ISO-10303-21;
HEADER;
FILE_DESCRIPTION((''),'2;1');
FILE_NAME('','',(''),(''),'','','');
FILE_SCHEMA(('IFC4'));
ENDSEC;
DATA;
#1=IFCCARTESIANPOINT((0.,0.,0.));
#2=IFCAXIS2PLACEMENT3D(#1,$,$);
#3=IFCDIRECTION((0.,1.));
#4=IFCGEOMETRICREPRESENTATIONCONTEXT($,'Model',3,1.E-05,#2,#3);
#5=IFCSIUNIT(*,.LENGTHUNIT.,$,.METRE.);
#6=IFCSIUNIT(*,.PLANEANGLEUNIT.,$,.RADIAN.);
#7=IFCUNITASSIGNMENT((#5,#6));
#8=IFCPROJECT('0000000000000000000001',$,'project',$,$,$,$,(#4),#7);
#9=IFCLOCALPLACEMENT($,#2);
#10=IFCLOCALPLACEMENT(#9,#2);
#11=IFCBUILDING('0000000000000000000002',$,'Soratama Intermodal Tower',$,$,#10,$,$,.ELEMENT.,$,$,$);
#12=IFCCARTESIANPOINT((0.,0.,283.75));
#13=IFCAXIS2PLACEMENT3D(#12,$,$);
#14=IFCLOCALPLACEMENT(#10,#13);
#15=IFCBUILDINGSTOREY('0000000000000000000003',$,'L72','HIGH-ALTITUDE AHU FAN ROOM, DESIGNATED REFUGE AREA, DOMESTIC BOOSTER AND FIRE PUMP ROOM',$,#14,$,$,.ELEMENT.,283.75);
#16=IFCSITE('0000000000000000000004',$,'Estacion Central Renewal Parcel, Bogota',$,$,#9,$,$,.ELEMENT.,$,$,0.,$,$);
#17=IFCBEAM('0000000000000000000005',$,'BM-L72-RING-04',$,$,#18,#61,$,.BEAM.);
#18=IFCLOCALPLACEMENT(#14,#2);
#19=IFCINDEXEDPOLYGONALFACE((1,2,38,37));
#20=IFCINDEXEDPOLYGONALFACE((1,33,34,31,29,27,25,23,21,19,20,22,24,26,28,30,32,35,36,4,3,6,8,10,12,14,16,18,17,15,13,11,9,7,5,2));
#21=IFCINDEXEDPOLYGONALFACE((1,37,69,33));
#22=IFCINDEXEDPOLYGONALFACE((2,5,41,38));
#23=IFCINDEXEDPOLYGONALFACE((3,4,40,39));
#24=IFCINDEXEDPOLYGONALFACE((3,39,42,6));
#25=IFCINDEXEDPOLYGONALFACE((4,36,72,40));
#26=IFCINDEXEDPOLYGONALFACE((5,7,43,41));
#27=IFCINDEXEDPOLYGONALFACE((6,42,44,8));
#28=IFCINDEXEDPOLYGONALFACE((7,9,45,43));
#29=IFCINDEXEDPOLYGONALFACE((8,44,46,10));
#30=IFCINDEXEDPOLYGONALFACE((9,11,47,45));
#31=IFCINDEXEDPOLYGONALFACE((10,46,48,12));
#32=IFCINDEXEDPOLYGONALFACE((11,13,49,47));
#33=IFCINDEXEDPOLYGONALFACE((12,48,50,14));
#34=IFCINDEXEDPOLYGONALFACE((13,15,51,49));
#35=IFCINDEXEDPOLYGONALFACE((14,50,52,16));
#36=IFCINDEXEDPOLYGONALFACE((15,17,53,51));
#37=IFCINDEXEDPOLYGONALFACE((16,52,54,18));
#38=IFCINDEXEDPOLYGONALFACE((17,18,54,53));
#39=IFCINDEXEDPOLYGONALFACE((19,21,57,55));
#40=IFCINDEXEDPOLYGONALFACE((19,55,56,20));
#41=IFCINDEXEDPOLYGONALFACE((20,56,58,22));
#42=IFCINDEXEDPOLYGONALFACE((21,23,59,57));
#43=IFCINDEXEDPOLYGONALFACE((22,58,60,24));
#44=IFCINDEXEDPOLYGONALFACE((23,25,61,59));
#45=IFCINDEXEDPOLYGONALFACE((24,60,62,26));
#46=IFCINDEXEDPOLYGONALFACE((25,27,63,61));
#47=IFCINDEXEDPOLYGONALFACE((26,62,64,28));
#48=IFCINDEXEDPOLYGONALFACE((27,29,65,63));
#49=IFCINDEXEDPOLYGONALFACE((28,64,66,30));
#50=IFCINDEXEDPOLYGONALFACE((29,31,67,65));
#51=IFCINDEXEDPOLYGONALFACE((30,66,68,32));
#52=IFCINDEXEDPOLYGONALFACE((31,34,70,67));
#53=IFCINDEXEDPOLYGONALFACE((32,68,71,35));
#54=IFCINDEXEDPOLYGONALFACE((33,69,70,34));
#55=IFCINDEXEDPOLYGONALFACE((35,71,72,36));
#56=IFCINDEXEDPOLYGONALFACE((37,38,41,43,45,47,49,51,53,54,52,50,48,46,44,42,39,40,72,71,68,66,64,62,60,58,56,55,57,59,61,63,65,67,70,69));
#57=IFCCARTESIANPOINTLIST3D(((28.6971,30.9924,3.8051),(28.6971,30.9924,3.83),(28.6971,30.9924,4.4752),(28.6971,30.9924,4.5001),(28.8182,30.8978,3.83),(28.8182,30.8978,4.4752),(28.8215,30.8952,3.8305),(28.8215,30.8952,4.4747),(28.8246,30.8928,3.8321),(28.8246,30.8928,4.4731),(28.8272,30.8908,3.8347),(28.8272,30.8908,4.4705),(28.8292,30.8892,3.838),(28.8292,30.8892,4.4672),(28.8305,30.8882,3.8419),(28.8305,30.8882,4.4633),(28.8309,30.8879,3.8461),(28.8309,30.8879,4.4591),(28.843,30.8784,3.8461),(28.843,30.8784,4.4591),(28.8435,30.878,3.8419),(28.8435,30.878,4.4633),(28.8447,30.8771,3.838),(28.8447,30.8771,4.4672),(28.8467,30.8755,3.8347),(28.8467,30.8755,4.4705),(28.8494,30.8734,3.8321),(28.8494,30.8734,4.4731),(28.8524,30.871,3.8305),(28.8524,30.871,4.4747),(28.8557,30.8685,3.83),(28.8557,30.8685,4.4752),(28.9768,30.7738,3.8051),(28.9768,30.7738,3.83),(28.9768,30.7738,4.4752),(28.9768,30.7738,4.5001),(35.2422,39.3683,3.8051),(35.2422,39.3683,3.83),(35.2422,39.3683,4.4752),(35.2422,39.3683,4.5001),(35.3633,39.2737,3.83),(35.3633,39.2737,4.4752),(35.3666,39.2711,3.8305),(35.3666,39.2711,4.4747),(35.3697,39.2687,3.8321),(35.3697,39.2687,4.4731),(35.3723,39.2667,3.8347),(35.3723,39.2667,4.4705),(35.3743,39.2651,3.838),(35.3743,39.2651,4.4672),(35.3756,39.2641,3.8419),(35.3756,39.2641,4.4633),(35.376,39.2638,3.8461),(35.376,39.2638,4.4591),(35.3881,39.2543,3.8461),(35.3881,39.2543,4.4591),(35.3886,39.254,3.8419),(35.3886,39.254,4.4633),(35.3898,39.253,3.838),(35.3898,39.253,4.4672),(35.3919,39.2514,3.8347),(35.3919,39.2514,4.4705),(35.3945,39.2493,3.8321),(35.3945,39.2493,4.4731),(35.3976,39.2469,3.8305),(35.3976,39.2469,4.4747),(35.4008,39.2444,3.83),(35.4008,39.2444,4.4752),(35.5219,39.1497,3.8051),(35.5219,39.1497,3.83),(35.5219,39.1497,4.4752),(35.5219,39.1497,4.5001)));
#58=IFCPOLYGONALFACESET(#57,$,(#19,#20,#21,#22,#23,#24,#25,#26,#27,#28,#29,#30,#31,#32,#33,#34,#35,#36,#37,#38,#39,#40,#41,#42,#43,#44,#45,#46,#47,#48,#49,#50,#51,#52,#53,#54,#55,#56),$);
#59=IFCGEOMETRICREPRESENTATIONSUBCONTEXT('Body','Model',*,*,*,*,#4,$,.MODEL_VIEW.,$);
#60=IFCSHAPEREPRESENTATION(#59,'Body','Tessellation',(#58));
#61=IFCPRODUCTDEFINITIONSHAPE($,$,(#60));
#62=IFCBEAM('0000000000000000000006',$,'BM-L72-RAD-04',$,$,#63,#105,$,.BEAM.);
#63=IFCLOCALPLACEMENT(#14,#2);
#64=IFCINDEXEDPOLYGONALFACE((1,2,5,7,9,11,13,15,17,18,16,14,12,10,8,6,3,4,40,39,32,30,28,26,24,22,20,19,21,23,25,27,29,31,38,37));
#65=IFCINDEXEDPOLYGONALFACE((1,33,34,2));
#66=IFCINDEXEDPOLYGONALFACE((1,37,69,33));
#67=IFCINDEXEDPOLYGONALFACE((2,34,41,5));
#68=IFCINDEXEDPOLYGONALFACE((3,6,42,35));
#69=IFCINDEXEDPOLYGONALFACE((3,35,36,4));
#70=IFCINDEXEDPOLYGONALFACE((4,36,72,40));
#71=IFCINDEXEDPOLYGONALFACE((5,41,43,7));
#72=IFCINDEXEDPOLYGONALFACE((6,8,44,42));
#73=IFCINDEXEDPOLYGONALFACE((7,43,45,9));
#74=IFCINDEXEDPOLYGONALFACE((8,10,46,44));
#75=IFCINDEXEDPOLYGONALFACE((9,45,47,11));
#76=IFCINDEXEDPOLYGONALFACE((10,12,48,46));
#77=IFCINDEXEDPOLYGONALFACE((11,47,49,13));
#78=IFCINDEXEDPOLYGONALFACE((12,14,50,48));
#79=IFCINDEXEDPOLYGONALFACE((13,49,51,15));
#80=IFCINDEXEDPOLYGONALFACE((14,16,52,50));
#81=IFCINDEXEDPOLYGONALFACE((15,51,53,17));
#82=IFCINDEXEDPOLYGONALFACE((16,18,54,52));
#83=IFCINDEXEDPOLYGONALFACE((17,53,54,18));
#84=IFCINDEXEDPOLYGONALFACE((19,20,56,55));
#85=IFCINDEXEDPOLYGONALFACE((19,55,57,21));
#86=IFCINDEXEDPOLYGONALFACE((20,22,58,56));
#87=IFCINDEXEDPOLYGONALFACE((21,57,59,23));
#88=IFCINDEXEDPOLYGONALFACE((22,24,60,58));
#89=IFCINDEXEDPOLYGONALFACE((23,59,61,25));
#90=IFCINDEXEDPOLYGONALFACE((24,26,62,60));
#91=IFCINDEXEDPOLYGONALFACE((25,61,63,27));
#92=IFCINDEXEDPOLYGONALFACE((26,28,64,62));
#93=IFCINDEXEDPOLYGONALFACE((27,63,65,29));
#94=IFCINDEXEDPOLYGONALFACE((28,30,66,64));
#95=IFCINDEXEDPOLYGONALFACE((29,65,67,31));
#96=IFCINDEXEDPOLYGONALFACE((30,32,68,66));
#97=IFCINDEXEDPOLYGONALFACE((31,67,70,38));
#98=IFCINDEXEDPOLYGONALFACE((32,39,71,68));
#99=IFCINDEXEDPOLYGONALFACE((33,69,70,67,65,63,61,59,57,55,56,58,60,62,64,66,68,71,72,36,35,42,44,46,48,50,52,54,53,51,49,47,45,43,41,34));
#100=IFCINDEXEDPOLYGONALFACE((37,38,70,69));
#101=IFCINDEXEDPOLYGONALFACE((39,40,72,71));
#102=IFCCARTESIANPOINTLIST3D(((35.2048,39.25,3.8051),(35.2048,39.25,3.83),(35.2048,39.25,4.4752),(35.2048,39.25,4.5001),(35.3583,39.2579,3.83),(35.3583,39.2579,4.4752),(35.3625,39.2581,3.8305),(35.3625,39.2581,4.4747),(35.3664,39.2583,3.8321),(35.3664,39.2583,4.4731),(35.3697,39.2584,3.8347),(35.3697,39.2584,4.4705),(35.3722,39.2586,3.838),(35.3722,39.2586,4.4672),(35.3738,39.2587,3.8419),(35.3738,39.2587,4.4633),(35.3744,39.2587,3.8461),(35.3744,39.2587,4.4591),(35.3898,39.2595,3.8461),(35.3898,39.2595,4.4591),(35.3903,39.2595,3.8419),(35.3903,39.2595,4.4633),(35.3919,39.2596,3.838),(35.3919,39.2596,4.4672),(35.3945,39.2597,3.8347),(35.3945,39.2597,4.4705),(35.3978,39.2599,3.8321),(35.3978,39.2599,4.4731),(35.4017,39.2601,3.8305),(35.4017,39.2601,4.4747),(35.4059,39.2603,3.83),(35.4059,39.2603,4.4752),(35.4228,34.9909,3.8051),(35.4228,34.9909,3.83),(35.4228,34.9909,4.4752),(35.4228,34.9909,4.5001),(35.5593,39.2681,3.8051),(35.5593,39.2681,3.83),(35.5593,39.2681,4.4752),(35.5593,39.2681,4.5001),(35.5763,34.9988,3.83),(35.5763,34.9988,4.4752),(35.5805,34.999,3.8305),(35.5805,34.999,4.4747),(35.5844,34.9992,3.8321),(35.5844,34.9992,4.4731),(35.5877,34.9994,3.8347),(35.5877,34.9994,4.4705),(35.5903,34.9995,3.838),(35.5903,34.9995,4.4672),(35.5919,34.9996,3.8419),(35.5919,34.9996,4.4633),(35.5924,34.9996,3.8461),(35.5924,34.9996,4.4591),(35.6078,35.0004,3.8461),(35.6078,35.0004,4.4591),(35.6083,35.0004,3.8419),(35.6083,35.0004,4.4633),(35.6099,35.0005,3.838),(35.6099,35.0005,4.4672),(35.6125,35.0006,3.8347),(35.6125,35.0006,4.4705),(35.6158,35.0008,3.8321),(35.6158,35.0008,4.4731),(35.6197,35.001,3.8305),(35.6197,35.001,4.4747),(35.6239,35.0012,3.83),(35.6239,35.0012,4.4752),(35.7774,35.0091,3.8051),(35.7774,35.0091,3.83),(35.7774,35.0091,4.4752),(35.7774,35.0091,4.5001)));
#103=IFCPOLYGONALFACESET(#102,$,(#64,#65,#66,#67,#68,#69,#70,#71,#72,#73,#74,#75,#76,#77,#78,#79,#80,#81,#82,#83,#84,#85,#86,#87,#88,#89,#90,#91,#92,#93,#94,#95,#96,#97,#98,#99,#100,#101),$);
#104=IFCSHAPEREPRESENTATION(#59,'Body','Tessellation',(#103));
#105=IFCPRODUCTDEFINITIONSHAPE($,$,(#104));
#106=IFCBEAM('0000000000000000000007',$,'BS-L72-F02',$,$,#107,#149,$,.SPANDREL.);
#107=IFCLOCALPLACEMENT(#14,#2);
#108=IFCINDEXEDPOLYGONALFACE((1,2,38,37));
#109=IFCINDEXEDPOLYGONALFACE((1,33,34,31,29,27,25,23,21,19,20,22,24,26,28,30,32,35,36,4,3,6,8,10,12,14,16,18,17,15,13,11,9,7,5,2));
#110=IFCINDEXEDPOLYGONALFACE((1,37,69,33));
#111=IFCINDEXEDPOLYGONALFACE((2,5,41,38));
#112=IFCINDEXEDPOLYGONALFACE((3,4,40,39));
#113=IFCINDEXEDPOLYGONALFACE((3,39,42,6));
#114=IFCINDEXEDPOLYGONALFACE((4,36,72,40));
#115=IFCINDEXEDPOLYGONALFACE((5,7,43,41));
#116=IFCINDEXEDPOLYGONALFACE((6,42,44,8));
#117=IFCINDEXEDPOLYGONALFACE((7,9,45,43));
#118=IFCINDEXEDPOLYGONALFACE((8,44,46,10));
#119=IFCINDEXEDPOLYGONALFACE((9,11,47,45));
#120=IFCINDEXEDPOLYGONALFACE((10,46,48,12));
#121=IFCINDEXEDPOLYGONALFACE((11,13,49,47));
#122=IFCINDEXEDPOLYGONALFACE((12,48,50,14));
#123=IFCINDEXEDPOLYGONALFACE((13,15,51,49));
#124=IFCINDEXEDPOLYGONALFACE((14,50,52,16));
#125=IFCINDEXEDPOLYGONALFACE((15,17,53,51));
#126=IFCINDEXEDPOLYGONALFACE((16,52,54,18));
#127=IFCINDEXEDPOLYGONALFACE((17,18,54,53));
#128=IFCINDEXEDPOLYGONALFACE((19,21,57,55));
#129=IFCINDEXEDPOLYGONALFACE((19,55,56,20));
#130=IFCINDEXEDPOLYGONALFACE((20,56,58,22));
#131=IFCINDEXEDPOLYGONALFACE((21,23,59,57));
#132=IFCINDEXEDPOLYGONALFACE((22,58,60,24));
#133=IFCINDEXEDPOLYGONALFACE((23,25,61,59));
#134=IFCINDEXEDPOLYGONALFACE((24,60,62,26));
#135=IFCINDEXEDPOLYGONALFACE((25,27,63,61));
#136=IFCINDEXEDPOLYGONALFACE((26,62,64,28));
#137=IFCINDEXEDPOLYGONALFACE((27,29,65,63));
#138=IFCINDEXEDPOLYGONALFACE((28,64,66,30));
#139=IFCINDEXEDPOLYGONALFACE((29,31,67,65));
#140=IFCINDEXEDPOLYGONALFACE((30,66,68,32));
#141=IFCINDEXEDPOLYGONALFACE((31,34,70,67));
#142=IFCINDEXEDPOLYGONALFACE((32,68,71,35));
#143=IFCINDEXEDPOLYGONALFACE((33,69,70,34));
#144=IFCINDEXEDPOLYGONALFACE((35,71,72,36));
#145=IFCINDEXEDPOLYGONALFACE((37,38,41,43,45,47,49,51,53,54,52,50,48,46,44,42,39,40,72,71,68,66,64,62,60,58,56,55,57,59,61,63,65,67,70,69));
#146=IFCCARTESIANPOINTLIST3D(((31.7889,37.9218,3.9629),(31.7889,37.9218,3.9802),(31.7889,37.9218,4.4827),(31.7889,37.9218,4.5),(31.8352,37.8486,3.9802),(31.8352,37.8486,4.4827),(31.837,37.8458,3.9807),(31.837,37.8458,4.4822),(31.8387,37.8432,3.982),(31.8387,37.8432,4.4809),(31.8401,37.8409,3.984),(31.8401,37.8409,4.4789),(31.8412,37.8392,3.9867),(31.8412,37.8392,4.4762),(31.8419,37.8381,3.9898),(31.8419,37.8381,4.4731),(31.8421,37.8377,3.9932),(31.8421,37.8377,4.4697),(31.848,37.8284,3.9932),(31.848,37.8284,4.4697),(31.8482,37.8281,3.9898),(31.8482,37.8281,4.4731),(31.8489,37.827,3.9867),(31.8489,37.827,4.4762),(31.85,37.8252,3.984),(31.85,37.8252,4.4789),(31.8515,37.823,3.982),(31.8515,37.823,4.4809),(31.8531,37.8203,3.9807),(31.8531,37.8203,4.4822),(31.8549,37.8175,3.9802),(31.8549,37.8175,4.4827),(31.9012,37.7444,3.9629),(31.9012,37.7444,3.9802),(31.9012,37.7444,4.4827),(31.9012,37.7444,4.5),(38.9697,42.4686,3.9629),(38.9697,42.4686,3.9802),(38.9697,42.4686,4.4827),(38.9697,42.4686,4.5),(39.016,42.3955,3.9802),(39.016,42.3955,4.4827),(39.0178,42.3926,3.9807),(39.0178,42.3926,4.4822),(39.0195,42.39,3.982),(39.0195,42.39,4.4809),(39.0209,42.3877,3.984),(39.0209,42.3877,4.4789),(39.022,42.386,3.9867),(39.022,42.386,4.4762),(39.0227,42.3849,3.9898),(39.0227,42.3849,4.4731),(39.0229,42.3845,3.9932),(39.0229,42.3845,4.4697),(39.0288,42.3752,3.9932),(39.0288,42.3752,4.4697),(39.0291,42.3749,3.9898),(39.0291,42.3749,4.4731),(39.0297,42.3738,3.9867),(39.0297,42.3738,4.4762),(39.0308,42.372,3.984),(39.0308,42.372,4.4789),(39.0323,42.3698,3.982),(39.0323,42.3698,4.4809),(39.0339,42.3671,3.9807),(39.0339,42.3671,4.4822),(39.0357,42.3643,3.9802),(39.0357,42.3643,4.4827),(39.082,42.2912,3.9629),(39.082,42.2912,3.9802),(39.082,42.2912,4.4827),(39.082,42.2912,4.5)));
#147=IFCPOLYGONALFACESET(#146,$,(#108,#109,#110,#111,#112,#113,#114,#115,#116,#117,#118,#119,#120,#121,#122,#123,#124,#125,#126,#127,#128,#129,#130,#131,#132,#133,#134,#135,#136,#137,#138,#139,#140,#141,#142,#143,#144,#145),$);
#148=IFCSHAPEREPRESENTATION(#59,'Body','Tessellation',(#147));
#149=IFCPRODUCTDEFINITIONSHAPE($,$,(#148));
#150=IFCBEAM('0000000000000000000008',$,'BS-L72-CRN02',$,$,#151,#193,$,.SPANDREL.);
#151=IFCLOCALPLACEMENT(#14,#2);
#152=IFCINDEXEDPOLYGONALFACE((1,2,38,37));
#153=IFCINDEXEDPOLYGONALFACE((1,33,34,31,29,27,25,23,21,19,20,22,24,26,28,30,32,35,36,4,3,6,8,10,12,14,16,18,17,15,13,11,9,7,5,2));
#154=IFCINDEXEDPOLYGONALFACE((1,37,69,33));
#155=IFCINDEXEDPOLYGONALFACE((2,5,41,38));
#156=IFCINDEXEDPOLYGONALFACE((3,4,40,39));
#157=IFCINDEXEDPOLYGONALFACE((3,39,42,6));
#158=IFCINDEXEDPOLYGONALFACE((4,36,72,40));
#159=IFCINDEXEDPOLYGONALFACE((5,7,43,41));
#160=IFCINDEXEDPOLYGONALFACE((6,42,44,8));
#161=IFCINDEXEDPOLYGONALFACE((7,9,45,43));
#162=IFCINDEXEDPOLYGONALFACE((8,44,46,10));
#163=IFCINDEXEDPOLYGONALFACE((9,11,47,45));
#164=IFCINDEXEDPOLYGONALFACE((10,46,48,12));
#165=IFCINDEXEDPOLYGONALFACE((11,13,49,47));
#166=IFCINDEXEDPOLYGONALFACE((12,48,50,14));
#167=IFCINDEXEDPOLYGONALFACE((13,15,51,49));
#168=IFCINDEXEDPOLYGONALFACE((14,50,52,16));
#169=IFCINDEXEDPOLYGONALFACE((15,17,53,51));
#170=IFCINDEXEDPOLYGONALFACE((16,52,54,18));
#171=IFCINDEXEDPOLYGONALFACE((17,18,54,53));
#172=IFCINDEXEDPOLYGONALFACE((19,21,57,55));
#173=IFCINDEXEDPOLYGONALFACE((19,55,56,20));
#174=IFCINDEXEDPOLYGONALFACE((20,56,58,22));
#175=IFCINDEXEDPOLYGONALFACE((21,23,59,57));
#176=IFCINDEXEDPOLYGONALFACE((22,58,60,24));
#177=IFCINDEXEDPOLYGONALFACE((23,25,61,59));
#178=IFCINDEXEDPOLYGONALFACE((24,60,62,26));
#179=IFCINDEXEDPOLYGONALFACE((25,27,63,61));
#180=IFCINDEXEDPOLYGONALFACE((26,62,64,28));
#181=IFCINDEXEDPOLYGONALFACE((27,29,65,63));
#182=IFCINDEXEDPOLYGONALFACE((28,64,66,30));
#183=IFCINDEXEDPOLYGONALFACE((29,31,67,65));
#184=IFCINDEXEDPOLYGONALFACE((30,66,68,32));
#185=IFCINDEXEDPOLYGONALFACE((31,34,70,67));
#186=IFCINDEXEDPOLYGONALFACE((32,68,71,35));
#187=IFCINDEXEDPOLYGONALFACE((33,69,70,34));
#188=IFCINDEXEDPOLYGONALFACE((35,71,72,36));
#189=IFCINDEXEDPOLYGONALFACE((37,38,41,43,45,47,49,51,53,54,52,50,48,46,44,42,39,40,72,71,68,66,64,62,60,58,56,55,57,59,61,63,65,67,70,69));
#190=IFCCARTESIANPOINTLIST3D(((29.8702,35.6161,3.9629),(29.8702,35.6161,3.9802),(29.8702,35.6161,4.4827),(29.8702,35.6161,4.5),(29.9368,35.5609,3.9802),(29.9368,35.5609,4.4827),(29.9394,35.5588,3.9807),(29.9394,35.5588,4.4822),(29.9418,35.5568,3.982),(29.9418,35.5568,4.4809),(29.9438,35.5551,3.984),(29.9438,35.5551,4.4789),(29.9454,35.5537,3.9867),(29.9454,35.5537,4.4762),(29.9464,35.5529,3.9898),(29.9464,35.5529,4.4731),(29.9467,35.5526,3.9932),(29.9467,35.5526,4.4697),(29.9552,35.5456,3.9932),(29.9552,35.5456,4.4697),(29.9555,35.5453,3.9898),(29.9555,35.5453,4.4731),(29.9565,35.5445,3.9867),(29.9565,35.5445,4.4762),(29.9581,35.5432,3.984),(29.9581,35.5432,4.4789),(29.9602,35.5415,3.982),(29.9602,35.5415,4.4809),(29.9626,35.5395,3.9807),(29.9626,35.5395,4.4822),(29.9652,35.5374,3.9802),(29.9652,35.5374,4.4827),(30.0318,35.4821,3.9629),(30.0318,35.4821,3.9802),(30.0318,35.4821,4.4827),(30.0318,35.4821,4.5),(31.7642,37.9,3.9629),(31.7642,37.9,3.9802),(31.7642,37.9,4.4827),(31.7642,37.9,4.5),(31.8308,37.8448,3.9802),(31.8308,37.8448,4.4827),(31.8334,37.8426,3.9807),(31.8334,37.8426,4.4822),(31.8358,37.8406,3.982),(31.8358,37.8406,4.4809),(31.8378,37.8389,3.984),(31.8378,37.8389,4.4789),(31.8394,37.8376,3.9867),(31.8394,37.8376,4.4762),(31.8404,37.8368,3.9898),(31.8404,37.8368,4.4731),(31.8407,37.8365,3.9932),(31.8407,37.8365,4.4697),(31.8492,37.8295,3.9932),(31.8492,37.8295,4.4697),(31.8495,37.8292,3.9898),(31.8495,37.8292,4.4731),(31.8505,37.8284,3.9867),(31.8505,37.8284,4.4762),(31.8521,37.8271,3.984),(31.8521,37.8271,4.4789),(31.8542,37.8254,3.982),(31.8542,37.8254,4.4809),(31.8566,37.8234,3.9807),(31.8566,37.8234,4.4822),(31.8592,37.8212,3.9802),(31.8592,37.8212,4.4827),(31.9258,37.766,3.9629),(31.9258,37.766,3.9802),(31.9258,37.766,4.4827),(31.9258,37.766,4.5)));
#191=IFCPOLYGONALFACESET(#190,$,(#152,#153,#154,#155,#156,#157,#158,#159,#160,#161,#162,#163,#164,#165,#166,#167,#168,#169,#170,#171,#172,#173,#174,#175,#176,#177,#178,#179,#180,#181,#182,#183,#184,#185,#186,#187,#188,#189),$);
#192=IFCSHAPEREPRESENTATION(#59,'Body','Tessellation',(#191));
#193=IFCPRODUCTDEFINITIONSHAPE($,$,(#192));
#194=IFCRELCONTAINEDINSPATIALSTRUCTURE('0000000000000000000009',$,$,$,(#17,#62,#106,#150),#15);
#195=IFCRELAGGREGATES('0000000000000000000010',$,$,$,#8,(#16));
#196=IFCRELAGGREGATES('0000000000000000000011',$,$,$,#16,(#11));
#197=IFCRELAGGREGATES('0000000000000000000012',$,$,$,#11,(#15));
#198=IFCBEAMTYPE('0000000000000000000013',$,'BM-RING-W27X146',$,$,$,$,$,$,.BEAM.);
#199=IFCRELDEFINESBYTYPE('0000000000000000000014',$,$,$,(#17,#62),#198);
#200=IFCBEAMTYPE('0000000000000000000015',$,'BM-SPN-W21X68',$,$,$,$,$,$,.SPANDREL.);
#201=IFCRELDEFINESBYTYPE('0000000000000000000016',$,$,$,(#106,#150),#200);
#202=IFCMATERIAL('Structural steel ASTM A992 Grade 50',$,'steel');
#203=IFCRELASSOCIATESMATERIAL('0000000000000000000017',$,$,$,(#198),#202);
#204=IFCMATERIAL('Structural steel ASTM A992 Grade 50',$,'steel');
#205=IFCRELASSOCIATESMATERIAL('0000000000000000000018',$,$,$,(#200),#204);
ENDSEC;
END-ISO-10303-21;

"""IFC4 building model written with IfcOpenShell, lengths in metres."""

from ifc_helpers import new_model, si_unit, direction, frame, origin, origin_2d, place, context, subcontext, project, spatial, i_section, extrude, material, material_profile, profile_set, type_object, element, save


model = new_model("IFC4")

# Units and contexts
model_context = context("Model", 3, precision=1e-05, world=origin(), true_north=direction((0.0, 1.0)))
body_context = subcontext(model_context, "Body", "Model", "MODEL_VIEW")
ifc_project = project(units=[si_unit("LENGTHUNIT", "METRE"), si_unit("PLANEANGLEUNIT", "RADIAN")], contexts=[model_context])

# Site, building, storey
site_placement = place(None, origin())
site = spatial("IfcSite", under=ifc_project, at=site_placement, Name="Estacion Central Renewal Parcel, Bogota", CompositionType="ELEMENT", RefElevation=0.0)
building_placement = place(site_placement, origin())
building = spatial("IfcBuilding", under=site, at=building_placement, Name="Soratama Intermodal Tower", CompositionType="ELEMENT")
storey_placement = place(building_placement, frame((0.0, 0.0, 283.75)))
storey = spatial("IfcBuildingStorey", under=building, at=storey_placement, Name="L72", Description="HIGH-ALTITUDE AHU FAN ROOM, DESIGNATED REFUGE AREA, DOMESTIC BOOSTER AND FIRE PUMP ROOM", CompositionType="ELEMENT", Elevation=283.75)

# Beams
ifc_material_1 = material(Name="Structural steel ASTM A992 Grade 50", Category="steel")
ifc_material_profile_1 = material_profile(ifc_material_1, i_section(OverallWidth=0.355, OverallDepth=0.6951, WebThickness=0.0154, FlangeThickness=0.0249, FilletRadius=0.0161, at=origin_2d()), Name="W27X146")
ifc_profile_set_1 = profile_set([ifc_material_profile_1], Name="Structural steel ASTM A992 Grade 50")
beam_type_1 = type_object("IfcBeamType", Name="BM-RING-W27X146", PredefinedType="BEAM", material=ifc_profile_set_1)
beam_1_placement = place(storey_placement, frame((35.3821, 39.259, 4.1526), z_axis=(-0.615728, -0.787959, 0.0), x_axis=(0.787959, -0.615728, 0.0)))
element("IfcBeam", 1, at=beam_1_placement, inside=storey, type_object=beam_type_1, Name="BM-L72-RING-04", PredefinedType="BEAM", context=body_context, shape_type="SweptSolid", body=[
    extrude(i_section(OverallWidth=0.355, OverallDepth=0.6951, WebThickness=0.0154, FlangeThickness=0.0249, FilletRadius=0.0161, at=origin_2d()), origin(), (0.0, 0.0, 1.0), 10.6299),
])
beam_2_placement = place(storey_placement, frame((35.6001, 35.0, 4.1526), z_axis=(-0.051123, 0.998692, 0.0), x_axis=(-0.998692, -0.051123, 0.0)))
element("IfcBeam", 2, at=beam_2_placement, inside=storey, type_object=beam_type_1, Name="BM-L72-RAD-04", PredefinedType="BEAM", context=body_context, shape_type="SweptSolid", body=[
    extrude(i_section(OverallWidth=0.355, OverallDepth=0.6951, WebThickness=0.0154, FlangeThickness=0.0249, FilletRadius=0.0161, at=origin_2d()), origin(), (0.0, 0.0, 1.0), 4.2646),
])
ifc_material_2 = material(Name="Structural steel ASTM A992 Grade 50", Category="steel")
ifc_material_profile_2 = material_profile(ifc_material_2, i_section(OverallWidth=0.21, OverallDepth=0.5371, WebThickness=0.011, FlangeThickness=0.0173, FilletRadius=0.0129, at=origin_2d()), Name="W21X68")
ifc_profile_set_2 = profile_set([ifc_material_profile_2], Name="Structural steel ASTM A992 Grade 50")
beam_type_2 = type_object("IfcBeamType", Name="BM-SPN-W21X68", PredefinedType="SPANDREL", material=ifc_profile_set_2)
beam_3_placement = place(storey_placement, frame((39.0259, 42.3799, 4.2314), z_axis=(-0.844874, -0.534965, 0.0), x_axis=(0.534965, -0.844874, 0.0)))
element("IfcBeam", 3, at=beam_3_placement, inside=storey, type_object=beam_type_2, Name="BS-L72-F02", PredefinedType="SPANDREL", context=body_context, shape_type="SweptSolid", body=[
    extrude(i_section(OverallWidth=0.21, OverallDepth=0.5371, WebThickness=0.011, FlangeThickness=0.0173, FilletRadius=0.0129, at=origin_2d()), origin(), (0.0, 0.0, 1.0), 8.4993),
])
beam_4_placement = place(storey_placement, frame((31.845, 37.833, 4.2314), z_axis=(-0.638345, -0.76975, 0.0), x_axis=(0.76975, -0.638345, 0.0)))
element("IfcBeam", 4, at=beam_4_placement, inside=storey, type_object=beam_type_2, Name="BS-L72-CRN02", PredefinedType="SPANDREL", context=body_context, shape_type="SweptSolid", body=[
    extrude(i_section(OverallWidth=0.21, OverallDepth=0.5371, WebThickness=0.011, FlangeThickness=0.0173, FilletRadius=0.0129, at=origin_2d()), origin(), (0.0, 0.0, 1.0), 2.967),
])

save(model, "model.ifc")
